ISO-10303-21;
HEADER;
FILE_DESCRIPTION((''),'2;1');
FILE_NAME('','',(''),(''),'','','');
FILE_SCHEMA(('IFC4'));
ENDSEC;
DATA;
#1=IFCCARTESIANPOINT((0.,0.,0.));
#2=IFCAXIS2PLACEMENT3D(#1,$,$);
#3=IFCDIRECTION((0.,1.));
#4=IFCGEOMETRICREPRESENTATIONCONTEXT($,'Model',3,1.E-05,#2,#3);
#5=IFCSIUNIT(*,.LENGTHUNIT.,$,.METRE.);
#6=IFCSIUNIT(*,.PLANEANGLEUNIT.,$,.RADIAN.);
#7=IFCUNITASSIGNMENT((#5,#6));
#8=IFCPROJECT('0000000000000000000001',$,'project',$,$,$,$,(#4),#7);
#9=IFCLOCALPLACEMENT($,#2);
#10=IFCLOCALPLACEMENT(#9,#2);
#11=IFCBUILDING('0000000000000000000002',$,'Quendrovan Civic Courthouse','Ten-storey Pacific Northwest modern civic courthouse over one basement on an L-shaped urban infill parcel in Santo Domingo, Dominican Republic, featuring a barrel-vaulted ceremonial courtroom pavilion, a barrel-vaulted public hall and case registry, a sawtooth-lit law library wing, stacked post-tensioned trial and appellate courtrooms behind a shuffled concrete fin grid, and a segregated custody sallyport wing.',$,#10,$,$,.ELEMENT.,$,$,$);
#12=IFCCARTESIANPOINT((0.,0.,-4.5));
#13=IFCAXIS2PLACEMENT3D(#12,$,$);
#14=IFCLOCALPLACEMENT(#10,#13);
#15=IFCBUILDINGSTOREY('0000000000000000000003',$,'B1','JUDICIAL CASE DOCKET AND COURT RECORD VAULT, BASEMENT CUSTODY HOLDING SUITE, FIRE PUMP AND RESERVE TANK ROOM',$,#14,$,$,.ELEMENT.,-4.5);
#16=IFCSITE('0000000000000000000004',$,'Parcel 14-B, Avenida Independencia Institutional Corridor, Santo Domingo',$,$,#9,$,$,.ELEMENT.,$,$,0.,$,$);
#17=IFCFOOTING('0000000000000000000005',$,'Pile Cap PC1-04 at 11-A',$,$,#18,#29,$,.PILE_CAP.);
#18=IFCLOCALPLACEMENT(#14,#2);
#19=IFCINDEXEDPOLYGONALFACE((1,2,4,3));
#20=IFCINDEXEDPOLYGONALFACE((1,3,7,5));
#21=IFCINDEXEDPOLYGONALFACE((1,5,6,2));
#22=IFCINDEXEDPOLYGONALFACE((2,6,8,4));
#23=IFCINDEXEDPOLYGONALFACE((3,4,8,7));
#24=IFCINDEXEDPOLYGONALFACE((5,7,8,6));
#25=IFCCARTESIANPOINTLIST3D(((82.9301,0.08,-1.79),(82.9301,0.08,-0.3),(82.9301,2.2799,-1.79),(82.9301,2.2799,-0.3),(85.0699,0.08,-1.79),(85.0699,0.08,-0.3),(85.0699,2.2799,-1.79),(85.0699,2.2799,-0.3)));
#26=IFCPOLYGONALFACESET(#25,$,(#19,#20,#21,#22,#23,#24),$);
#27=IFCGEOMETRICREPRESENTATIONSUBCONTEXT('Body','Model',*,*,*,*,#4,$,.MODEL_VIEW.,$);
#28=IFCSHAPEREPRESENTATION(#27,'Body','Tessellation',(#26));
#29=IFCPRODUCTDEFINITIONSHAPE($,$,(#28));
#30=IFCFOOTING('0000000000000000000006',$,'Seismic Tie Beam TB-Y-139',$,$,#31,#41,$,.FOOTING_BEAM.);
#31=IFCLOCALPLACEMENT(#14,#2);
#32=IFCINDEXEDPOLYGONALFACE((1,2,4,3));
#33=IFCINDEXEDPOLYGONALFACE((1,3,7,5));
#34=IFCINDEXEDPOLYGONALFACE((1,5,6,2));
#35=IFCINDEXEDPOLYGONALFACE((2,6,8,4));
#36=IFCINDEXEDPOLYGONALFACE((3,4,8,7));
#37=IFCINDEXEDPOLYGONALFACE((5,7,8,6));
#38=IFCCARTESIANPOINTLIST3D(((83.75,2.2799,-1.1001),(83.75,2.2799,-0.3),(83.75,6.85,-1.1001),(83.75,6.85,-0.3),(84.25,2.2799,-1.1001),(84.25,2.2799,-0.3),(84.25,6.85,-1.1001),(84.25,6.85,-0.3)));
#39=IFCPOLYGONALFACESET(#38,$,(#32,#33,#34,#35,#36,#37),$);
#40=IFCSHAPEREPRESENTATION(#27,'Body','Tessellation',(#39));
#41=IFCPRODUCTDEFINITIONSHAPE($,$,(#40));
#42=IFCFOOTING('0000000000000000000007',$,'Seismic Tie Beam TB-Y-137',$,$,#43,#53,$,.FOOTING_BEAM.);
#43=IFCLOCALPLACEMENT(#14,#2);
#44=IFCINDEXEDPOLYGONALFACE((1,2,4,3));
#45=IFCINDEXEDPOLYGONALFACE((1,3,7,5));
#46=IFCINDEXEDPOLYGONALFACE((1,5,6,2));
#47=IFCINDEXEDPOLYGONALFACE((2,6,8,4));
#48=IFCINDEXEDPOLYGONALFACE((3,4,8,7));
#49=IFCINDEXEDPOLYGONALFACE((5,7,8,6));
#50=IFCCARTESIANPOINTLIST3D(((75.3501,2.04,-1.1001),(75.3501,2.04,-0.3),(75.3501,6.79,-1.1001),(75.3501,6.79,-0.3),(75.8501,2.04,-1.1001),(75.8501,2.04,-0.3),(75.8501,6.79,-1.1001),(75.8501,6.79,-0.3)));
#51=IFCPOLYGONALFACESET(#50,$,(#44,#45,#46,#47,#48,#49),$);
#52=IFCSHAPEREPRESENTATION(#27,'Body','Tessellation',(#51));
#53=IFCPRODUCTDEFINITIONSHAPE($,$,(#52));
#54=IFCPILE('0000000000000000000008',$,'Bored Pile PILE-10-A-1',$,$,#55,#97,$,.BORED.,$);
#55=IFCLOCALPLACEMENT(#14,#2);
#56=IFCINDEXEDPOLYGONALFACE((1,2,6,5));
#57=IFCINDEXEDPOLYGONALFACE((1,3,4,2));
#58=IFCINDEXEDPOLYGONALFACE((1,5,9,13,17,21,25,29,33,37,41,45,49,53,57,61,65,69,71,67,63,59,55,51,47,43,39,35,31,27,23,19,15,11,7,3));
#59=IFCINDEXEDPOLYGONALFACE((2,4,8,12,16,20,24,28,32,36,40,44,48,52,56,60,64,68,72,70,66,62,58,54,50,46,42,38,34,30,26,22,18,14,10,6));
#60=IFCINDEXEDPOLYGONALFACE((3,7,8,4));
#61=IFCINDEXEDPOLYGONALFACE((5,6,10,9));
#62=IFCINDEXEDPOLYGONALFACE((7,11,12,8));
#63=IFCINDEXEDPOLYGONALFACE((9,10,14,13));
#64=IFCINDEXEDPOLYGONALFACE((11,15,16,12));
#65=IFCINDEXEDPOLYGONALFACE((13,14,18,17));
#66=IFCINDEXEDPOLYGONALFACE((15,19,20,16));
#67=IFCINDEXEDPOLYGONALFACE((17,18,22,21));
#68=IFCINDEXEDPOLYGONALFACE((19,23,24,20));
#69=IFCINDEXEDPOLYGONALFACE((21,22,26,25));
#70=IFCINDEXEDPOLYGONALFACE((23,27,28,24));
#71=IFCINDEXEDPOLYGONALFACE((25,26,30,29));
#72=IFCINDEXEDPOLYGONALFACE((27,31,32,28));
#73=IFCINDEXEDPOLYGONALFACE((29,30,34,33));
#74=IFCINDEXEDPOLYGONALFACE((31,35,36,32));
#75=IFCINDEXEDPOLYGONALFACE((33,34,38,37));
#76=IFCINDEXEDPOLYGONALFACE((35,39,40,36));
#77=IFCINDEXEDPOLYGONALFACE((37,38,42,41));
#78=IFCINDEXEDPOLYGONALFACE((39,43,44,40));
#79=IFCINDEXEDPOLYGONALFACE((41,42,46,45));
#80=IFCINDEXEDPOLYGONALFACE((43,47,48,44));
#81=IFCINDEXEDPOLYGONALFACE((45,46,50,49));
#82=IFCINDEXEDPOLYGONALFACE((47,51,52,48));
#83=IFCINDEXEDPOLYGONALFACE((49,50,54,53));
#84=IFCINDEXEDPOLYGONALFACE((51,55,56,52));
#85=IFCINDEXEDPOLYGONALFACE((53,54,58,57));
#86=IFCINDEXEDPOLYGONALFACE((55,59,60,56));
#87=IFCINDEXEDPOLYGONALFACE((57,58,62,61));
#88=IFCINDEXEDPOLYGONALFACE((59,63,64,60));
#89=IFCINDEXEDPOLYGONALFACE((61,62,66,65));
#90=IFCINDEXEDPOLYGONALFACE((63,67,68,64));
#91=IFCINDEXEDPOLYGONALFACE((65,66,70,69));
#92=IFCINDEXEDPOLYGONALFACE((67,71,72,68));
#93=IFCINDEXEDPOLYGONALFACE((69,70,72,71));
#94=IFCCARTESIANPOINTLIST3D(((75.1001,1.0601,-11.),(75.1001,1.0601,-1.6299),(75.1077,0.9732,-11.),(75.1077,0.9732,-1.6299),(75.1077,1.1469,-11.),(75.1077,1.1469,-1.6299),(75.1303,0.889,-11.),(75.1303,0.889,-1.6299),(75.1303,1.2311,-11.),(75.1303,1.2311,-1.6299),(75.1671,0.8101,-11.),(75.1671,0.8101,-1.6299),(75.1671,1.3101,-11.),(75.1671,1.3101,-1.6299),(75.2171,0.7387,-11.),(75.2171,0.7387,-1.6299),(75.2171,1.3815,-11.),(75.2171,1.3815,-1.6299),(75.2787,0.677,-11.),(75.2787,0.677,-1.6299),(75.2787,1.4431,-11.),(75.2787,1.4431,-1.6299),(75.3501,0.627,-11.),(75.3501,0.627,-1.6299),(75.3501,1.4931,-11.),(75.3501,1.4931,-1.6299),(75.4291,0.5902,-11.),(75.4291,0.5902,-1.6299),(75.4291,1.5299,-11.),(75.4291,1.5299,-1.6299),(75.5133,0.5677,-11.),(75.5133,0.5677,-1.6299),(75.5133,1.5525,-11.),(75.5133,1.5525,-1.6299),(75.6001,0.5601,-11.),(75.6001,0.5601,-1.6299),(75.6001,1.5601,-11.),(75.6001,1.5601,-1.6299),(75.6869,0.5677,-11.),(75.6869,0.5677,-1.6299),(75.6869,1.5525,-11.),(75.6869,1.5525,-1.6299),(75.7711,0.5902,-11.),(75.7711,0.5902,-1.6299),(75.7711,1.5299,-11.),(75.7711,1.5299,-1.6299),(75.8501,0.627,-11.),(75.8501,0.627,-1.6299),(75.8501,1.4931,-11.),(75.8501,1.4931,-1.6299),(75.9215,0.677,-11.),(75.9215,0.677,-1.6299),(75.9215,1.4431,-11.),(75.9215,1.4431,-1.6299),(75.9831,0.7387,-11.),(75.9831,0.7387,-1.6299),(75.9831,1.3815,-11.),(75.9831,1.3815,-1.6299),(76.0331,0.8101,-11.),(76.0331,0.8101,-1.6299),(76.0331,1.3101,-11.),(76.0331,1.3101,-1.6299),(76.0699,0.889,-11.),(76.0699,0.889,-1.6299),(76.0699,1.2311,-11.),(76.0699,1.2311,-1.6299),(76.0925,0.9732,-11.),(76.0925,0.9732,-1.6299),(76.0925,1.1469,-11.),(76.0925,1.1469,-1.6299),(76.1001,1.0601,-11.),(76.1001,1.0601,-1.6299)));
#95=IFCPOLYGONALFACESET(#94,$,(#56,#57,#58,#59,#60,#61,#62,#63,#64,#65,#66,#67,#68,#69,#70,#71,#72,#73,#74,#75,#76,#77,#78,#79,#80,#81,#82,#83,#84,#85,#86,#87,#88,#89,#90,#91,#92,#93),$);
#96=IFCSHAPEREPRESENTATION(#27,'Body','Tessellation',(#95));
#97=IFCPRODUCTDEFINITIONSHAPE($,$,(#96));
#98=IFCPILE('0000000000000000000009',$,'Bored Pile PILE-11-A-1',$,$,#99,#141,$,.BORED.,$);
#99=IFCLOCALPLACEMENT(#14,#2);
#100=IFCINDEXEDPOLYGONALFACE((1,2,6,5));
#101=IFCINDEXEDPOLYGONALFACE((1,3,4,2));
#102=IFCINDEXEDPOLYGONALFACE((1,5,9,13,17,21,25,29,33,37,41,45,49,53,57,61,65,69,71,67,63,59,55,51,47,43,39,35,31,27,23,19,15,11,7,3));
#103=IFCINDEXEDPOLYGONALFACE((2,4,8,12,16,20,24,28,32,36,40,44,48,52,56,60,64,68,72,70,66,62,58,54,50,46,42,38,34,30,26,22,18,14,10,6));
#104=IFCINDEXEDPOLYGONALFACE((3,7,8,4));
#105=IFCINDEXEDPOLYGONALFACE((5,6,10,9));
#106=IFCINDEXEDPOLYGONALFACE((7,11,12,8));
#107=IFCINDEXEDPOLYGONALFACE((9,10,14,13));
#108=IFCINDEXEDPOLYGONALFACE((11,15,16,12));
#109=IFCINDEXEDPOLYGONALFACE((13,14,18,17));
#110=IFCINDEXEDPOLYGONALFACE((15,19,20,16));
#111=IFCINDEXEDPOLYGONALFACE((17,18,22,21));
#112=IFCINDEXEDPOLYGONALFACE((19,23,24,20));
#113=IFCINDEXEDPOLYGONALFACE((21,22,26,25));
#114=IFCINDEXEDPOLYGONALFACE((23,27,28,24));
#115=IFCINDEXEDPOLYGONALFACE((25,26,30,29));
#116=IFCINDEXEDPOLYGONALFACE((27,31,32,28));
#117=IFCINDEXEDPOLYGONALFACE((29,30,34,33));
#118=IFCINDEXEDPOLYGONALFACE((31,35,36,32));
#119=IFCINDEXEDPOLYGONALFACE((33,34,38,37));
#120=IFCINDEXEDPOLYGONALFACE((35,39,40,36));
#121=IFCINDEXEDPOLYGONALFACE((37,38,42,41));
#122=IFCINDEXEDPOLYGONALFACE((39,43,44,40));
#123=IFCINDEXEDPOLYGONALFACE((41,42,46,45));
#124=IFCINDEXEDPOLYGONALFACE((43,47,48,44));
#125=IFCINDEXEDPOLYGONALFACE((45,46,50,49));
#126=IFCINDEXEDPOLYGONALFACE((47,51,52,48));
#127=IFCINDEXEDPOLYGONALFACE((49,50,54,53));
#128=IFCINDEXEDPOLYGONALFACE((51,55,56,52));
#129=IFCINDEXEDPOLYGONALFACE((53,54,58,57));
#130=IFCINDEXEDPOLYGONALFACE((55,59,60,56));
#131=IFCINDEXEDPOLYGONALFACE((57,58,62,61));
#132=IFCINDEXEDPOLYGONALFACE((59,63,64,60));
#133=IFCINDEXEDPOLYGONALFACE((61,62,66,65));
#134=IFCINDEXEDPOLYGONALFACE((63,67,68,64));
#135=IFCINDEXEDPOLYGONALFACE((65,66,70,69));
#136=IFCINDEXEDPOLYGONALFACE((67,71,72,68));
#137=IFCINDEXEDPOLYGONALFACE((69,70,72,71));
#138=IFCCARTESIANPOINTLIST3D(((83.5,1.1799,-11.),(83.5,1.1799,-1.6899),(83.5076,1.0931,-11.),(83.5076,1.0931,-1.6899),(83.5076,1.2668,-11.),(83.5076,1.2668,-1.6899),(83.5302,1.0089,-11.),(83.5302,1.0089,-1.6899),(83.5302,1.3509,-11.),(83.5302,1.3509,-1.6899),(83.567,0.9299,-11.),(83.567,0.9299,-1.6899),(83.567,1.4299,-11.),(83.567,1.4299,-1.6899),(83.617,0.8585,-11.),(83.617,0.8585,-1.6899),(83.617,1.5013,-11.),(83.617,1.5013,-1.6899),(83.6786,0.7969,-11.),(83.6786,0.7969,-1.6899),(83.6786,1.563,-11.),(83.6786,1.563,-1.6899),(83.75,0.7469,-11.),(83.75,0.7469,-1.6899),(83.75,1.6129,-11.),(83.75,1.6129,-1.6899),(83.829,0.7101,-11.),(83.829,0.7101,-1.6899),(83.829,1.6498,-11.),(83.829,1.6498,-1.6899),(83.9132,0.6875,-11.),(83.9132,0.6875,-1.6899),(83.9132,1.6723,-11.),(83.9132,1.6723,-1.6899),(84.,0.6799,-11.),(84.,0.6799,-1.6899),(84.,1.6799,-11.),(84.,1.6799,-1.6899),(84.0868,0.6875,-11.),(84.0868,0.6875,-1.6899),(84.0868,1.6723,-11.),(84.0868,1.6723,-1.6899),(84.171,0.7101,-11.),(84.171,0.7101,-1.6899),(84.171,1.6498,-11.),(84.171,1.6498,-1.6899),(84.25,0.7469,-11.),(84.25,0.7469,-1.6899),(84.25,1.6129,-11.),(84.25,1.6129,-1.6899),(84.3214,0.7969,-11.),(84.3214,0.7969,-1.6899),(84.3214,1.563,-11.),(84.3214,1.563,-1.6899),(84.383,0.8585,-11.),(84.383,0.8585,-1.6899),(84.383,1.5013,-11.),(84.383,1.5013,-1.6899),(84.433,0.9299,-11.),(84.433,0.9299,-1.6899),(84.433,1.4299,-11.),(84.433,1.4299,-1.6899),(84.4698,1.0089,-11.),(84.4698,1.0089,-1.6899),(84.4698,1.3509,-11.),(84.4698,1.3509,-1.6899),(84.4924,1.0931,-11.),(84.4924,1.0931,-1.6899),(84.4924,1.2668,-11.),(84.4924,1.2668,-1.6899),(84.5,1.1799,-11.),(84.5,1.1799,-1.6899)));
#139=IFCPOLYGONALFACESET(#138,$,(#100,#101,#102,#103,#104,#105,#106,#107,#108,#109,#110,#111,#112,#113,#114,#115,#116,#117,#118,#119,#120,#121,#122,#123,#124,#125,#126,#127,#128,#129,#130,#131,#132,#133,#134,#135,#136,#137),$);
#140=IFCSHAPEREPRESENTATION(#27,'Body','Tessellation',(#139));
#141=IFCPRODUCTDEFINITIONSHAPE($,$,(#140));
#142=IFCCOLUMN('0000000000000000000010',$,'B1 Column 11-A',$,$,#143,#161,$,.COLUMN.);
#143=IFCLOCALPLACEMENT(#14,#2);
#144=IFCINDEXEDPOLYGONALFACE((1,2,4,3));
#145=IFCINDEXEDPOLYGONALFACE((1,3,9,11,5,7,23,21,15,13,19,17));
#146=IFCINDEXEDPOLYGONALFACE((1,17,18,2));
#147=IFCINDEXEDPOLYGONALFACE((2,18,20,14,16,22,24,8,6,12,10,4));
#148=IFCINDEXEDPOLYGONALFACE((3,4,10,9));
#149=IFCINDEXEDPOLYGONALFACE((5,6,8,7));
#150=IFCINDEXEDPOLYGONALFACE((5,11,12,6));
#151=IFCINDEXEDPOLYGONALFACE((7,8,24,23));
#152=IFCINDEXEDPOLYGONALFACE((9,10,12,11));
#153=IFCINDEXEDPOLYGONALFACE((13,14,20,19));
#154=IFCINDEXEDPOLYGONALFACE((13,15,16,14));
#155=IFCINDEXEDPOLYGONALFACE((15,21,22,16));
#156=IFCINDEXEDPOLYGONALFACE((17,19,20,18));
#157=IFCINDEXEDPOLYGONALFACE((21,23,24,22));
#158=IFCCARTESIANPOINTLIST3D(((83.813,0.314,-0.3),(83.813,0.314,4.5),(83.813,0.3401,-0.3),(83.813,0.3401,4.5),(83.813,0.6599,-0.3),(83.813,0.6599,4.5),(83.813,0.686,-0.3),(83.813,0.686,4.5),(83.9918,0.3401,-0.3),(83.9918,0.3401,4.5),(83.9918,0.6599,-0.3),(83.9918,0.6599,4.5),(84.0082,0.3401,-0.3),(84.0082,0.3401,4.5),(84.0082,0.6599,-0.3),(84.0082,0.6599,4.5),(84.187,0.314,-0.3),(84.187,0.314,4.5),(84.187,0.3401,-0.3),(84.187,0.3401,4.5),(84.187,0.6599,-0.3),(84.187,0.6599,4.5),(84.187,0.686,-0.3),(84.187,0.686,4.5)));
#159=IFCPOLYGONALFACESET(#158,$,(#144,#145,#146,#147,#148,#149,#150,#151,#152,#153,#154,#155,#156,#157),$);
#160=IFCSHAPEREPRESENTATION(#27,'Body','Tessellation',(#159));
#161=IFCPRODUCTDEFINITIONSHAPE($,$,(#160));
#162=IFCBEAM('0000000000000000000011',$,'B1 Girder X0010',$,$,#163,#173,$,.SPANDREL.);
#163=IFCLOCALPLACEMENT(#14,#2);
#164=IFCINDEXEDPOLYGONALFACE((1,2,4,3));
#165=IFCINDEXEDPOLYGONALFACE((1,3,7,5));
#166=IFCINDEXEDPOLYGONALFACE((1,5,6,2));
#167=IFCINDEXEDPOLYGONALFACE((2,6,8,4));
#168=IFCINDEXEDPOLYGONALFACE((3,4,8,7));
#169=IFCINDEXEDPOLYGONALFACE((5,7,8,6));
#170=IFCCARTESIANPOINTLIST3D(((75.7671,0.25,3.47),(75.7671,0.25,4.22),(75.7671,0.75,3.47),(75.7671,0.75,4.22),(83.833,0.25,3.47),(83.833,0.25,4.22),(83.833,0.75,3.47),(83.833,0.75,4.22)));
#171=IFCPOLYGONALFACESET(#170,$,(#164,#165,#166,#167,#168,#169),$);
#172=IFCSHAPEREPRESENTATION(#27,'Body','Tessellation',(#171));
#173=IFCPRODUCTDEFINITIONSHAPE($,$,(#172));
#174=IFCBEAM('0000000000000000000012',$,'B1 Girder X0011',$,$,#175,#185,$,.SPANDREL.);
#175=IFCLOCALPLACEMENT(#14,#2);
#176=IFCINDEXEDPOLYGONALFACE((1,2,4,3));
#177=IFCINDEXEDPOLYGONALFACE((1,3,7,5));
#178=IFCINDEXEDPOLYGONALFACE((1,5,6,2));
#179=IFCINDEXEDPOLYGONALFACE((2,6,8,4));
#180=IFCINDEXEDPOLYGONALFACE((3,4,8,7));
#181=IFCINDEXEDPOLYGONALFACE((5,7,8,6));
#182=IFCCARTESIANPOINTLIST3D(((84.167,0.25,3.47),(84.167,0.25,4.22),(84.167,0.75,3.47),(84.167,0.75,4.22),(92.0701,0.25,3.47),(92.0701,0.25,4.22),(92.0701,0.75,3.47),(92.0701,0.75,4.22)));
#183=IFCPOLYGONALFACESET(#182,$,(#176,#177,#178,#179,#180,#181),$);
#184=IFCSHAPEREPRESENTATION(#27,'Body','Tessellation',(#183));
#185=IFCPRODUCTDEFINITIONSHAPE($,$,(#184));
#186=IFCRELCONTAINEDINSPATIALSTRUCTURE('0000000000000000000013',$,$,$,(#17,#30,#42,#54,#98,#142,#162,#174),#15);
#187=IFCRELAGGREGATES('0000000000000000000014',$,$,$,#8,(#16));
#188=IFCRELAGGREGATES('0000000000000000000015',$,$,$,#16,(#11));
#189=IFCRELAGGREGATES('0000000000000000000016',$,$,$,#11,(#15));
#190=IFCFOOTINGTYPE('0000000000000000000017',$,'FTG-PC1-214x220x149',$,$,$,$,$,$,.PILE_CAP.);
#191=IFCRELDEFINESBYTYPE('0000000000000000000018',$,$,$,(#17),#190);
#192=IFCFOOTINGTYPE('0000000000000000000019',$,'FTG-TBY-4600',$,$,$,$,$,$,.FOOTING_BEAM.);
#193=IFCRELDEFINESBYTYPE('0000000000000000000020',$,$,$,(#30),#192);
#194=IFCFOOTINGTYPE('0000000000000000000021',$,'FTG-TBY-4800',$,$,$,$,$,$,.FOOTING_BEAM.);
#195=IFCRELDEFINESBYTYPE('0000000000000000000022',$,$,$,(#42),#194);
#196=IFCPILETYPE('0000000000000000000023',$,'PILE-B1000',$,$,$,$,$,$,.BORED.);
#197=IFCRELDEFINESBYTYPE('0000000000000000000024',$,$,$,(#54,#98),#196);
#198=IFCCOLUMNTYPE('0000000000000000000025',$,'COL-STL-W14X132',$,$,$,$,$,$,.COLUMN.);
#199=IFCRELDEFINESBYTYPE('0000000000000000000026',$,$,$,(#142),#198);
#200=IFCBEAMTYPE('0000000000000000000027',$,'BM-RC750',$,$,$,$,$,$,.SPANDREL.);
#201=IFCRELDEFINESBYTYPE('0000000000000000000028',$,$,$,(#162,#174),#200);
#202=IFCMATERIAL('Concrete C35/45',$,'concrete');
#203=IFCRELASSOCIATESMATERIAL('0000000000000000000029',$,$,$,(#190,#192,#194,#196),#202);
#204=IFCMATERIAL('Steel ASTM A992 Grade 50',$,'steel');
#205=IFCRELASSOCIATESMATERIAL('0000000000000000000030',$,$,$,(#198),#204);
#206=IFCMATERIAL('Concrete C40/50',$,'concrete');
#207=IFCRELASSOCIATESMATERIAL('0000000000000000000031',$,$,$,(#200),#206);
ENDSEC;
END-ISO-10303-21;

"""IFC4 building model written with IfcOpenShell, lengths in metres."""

from ifc_helpers import new_model, si_unit, direction, frame, origin, origin_2d, place, context, subcontext, project, spatial, rectangle, circle, i_section, extrude, material, material_profile, profile_set, type_object, element, save


model = new_model("IFC4")

# Units and contexts
model_context = context("Model", 3, precision=1e-05, world=origin(), true_north=direction((0.0, 1.0)))
body_context = subcontext(model_context, "Body", "Model", "MODEL_VIEW")
ifc_project = project(units=[si_unit("LENGTHUNIT", "METRE"), si_unit("PLANEANGLEUNIT", "RADIAN")], contexts=[model_context])

# Site, building, storey
site_placement = place(None, origin())
site = spatial("IfcSite", under=ifc_project, at=site_placement, Name="Parcel 14-B, Avenida Independencia Institutional Corridor, Santo Domingo", CompositionType="ELEMENT", RefElevation=0.0)
building_placement = place(site_placement, origin())
building = spatial("IfcBuilding", under=site, at=building_placement, Name="Quendrovan Civic Courthouse", Description="Ten-storey Pacific Northwest modern civic courthouse over one basement on an L-shaped urban infill parcel in Santo Domingo, Dominican Republic, featuring a barrel-vaulted ceremonial courtroom pavilion, a barrel-vaulted public hall and case registry, a sawtooth-lit law library wing, stacked post-tensioned trial and appellate courtrooms behind a shuffled concrete fin grid, and a segregated custody sallyport wing.", CompositionType="ELEMENT")
storey_placement = place(building_placement, frame((0.0, 0.0, -4.5)))
storey = spatial("IfcBuildingStorey", under=building, at=storey_placement, Name="B1", Description="JUDICIAL CASE DOCKET AND COURT RECORD VAULT, BASEMENT CUSTODY HOLDING SUITE, FIRE PUMP AND RESERVE TANK ROOM", CompositionType="ELEMENT", Elevation=-4.5)

# Footings
ifc_material_1 = material(Name="Concrete C35/45", Category="concrete")
footing_type_1 = type_object("IfcFootingType", Name="FTG-PC1-214x220x149", PredefinedType="PILE_CAP", material=ifc_material_1)
footing_1_placement = place(storey_placement, frame((84.0, 1.1799, -1.79), z_axis=(0.0, 0.0, 1.0), x_axis=(1.0, 0.0, 0.0)))
element("IfcFooting", 1, at=footing_1_placement, inside=storey, type_object=footing_type_1, Name="Pile Cap PC1-04 at 11-A", PredefinedType="PILE_CAP", context=body_context, shape_type="SweptSolid", body=[
    extrude(rectangle(XDim=2.1399, YDim=2.2, at=origin_2d()), origin(), (0.0, 0.0, 1.0), 1.49),
])
footing_type_2 = type_object("IfcFootingType", Name="FTG-TBY-4600", PredefinedType="FOOTING_BEAM", material=ifc_material_1)
footing_2_placement = place(storey_placement, frame((84.0, 4.5649, -1.1001), z_axis=(0.0, 0.0, 1.0), x_axis=(1.0, 0.0, 0.0)))
element("IfcFooting", 2, at=footing_2_placement, inside=storey, type_object=footing_type_2, Name="Seismic Tie Beam TB-Y-139", PredefinedType="FOOTING_BEAM", context=body_context, shape_type="SweptSolid", body=[
    extrude(rectangle(XDim=0.5, YDim=4.5701, at=origin_2d()), origin(), (0.0, 0.0, 1.0), 0.8),
])
footing_type_3 = type_object("IfcFootingType", Name="FTG-TBY-4800", PredefinedType="FOOTING_BEAM", material=ifc_material_1)
footing_3_placement = place(storey_placement, frame((75.6001, 4.415, -1.1001), z_axis=(0.0, 0.0, 1.0), x_axis=(1.0, 0.0, 0.0)))
element("IfcFooting", 3, at=footing_3_placement, inside=storey, type_object=footing_type_3, Name="Seismic Tie Beam TB-Y-137", PredefinedType="FOOTING_BEAM", context=body_context, shape_type="SweptSolid", body=[
    extrude(rectangle(XDim=0.5, YDim=4.75, at=origin_2d()), origin(), (0.0, 0.0, 1.0), 0.8),
])

# Piles
ifc_material_profile_1 = material_profile(ifc_material_1, circle(Radius=0.5, at=origin_2d()), Name="PILE-D1000")
ifc_profile_set_1 = profile_set([ifc_material_profile_1], Name="Concrete C35/45")
pile_type = type_object("IfcPileType", Name="PILE-B1000", PredefinedType="BORED", material=ifc_profile_set_1)
pile_1_placement = place(storey_placement, frame((75.6001, 1.0601, -1.6299), z_axis=(0.0, 0.0, -1.0), x_axis=(1.0, 0.0, 0.0)))
element("IfcPile", 4, at=pile_1_placement, inside=storey, type_object=pile_type, Name="Bored Pile PILE-10-A-1", PredefinedType="BORED", context=body_context, shape_type="SweptSolid", body=[
    extrude(circle(Radius=0.5, at=origin_2d()), origin(), (0.0, 0.0, 1.0), 9.3701),
])
pile_2_placement = place(storey_placement, frame((84.0, 1.1799, -1.6899), z_axis=(0.0, 0.0, -1.0), x_axis=(1.0, 0.0, 0.0)))
element("IfcPile", 5, at=pile_2_placement, inside=storey, type_object=pile_type, Name="Bored Pile PILE-11-A-1", PredefinedType="BORED", context=body_context, shape_type="SweptSolid", body=[
    extrude(circle(Radius=0.5, at=origin_2d()), origin(), (0.0, 0.0, 1.0), 9.3101),
])

# Column
ifc_material_2 = material(Name="Steel ASTM A992 Grade 50", Category="steel")
ifc_material_profile_2 = material_profile(ifc_material_2, i_section(OverallWidth=0.374, OverallDepth=0.3721, WebThickness=0.0164, FlangeThickness=0.0261, at=origin_2d()), Name="W14X132")
ifc_profile_set_2 = profile_set([ifc_material_profile_2], Name="Steel ASTM A992 Grade 50")
column_type = type_object("IfcColumnType", Name="COL-STL-W14X132", PredefinedType="COLUMN", material=ifc_profile_set_2)
column_placement = place(storey_placement, frame((84.0, 0.5, -0.3), z_axis=(0.0, 0.0, 1.0), x_axis=(1.0, 0.0, 0.0)))
element("IfcColumn", 6, at=column_placement, inside=storey, type_object=column_type, Name="B1 Column 11-A", PredefinedType="COLUMN", context=body_context, shape_type="SweptSolid", body=[
    extrude(i_section(OverallWidth=0.374, OverallDepth=0.3721, WebThickness=0.0164, FlangeThickness=0.0261, at=origin_2d()), origin(), (0.0, 0.0, 1.0), 4.8),
])

# Beams
ifc_material_3 = material(Name="Concrete C40/50", Category="concrete")
ifc_material_profile_3 = material_profile(ifc_material_3, rectangle(XDim=0.5, YDim=0.75, at=origin_2d()), Name="RC-BM-500x750")
ifc_profile_set_3 = profile_set([ifc_material_profile_3], Name="Concrete C40/50")
beam_type = type_object("IfcBeamType", Name="BM-RC750", PredefinedType="SPANDREL", material=ifc_profile_set_3)
beam_1_placement = place(storey_placement, frame((75.7671, 0.5, 3.845), z_axis=(1.0, 0.0, 0.0), x_axis=(0.0, 1.0, 0.0)))
element("IfcBeam", 7, at=beam_1_placement, inside=storey, type_object=beam_type, Name="B1 Girder X0010", PredefinedType="SPANDREL", context=body_context, shape_type="SweptSolid", body=[
    extrude(rectangle(XDim=0.5, YDim=0.75, at=origin_2d()), origin(), (0.0, 0.0, 1.0), 8.0659),
])
beam_2_placement = place(storey_placement, frame((84.167, 0.5, 3.845), z_axis=(1.0, 0.0, 0.0), x_axis=(0.0, 1.0, 0.0)))
element("IfcBeam", 8, at=beam_2_placement, inside=storey, type_object=beam_type, Name="B1 Girder X0011", PredefinedType="SPANDREL", context=body_context, shape_type="SweptSolid", body=[
    extrude(rectangle(XDim=0.5, YDim=0.75, at=origin_2d()), origin(), (0.0, 0.0, 1.0), 7.9031),
])

save(model, "model.ifc")
